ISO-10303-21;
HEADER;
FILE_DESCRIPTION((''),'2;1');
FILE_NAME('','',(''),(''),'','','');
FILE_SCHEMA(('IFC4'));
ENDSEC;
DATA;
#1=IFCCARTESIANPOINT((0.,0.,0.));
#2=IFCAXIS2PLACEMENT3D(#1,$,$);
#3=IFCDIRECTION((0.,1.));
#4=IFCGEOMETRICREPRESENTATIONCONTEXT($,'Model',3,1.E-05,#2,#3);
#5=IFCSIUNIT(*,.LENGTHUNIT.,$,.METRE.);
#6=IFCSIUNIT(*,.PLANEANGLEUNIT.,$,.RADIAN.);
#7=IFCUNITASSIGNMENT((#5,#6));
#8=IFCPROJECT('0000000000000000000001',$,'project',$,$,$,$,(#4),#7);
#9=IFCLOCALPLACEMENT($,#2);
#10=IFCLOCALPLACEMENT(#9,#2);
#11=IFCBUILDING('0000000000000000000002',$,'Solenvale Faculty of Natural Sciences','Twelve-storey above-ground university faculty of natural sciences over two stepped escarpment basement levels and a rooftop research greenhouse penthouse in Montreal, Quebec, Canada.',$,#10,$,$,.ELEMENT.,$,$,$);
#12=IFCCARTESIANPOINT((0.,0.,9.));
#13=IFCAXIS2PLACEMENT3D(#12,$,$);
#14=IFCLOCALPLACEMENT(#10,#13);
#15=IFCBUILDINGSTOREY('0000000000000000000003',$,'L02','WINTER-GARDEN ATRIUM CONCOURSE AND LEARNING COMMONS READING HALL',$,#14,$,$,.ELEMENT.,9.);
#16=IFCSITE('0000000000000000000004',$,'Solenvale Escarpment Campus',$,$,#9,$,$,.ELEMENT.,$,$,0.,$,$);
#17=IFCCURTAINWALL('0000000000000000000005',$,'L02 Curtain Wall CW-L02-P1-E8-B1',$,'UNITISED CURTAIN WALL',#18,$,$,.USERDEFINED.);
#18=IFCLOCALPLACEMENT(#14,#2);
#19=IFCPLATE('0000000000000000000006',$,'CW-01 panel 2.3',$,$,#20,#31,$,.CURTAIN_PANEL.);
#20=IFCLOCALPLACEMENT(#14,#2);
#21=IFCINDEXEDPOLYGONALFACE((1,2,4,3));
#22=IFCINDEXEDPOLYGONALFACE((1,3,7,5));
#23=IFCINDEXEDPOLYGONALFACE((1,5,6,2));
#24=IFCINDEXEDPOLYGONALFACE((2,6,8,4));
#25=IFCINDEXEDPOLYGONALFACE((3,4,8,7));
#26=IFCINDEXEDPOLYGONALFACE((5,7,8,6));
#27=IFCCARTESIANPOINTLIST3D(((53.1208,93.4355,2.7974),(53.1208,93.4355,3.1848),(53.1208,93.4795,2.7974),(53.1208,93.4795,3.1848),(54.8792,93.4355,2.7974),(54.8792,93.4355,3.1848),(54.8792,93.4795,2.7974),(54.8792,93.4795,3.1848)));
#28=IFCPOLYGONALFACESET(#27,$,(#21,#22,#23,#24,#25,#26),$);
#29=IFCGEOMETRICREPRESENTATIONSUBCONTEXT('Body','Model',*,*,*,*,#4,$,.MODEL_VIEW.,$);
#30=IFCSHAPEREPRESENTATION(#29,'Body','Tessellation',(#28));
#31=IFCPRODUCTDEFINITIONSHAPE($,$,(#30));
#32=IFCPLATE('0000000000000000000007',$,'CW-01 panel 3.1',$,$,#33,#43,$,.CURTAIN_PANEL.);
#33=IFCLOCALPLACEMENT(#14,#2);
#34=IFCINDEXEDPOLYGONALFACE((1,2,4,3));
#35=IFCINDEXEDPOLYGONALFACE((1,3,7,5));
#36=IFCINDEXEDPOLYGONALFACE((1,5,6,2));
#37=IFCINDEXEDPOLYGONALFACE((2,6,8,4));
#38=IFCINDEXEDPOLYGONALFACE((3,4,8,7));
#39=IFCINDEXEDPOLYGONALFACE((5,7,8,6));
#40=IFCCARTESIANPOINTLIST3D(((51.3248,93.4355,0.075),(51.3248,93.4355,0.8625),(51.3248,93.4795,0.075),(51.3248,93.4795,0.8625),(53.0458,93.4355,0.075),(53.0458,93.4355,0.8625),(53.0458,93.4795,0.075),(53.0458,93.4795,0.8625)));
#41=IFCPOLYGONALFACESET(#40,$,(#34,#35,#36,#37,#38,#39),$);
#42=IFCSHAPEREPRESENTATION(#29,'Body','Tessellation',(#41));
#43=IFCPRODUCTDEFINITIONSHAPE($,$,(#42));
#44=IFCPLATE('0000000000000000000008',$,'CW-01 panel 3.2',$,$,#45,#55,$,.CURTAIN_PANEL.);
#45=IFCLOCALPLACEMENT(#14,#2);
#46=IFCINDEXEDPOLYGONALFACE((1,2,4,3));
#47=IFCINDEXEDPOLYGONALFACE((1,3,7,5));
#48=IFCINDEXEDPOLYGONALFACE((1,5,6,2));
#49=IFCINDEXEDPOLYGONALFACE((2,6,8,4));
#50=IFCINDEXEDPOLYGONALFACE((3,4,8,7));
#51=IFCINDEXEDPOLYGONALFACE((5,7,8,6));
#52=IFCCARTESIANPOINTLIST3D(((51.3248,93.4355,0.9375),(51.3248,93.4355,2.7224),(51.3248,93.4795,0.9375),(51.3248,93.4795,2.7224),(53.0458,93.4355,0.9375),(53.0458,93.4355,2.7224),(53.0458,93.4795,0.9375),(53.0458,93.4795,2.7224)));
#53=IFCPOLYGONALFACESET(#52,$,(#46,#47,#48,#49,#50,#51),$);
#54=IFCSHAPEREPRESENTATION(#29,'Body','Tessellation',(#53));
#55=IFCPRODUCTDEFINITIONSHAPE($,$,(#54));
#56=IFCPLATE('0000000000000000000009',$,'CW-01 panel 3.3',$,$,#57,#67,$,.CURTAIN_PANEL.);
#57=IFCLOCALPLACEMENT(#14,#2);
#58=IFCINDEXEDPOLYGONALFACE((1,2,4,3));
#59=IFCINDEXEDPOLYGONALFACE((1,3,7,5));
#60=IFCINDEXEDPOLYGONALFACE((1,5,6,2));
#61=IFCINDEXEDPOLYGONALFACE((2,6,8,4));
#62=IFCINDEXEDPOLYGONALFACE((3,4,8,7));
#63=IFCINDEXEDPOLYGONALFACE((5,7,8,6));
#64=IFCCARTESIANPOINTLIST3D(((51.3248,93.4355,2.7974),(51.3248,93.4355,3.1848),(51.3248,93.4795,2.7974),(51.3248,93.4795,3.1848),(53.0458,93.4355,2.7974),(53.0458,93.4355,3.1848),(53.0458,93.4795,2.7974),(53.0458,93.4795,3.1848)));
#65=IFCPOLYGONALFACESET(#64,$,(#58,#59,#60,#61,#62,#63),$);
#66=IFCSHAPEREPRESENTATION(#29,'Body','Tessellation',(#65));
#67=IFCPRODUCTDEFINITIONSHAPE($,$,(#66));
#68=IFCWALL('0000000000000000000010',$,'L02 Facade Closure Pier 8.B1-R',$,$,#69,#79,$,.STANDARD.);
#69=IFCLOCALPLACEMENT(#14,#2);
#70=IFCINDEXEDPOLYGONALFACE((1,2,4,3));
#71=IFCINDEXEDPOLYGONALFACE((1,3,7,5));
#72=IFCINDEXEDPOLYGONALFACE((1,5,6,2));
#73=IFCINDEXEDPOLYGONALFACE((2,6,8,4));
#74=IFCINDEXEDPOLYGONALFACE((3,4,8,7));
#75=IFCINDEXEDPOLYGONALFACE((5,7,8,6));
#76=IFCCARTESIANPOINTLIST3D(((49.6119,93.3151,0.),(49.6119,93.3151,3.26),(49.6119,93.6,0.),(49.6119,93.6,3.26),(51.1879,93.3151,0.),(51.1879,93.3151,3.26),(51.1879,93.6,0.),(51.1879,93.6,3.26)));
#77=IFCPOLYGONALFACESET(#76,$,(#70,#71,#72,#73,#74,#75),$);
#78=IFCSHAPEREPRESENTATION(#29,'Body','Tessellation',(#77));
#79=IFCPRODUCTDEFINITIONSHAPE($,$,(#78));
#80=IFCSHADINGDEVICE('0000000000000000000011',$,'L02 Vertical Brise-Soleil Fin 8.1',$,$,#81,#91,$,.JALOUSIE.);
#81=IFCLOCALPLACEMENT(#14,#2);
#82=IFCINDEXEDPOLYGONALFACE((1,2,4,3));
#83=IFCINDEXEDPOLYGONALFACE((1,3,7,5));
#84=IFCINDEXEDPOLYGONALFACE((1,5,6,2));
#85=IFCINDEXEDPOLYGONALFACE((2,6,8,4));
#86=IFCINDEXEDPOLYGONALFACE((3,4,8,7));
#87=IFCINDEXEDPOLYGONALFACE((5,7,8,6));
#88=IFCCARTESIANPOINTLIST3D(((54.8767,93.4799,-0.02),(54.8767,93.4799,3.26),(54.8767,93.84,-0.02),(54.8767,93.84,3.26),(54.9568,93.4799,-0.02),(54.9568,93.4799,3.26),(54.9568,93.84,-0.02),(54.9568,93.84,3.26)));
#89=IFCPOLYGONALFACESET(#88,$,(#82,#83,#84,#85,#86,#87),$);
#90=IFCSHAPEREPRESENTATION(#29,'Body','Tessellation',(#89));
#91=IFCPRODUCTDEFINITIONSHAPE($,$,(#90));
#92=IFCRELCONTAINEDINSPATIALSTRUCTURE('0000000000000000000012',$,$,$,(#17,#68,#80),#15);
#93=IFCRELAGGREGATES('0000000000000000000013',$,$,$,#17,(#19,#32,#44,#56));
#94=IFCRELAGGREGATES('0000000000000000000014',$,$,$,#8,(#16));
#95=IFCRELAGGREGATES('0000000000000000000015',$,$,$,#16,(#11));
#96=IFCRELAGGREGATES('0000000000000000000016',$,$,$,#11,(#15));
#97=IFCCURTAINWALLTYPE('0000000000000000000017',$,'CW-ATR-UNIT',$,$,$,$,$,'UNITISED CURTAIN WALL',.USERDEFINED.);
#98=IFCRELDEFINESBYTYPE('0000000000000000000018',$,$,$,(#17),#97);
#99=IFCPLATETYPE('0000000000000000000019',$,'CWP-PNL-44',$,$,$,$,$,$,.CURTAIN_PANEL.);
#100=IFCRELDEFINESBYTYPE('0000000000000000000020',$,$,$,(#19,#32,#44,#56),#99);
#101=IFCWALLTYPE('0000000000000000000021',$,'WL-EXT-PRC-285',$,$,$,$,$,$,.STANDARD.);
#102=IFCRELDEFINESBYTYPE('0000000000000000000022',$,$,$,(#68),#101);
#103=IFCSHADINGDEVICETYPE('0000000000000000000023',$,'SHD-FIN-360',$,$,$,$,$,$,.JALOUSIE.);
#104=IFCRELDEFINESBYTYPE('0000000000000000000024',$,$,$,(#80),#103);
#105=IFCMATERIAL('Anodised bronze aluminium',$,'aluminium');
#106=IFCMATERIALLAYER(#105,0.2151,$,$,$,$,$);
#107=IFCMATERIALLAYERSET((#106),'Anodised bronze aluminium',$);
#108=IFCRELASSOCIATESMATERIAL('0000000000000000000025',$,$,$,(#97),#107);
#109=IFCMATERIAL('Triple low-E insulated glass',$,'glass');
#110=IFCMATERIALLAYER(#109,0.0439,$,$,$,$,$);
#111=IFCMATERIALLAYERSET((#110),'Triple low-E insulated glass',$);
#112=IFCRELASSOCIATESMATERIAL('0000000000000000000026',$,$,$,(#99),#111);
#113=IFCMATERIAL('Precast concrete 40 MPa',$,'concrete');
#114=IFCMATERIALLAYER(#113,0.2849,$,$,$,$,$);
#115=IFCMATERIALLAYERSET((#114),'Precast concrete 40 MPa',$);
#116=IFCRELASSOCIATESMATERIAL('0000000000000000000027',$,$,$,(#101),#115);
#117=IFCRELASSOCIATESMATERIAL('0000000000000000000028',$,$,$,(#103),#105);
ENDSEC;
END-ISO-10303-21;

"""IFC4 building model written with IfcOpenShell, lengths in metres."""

from ifc_helpers import new_model, si_unit, direction, frame, frame_2d, origin, origin_2d, place, context, subcontext, project, spatial, rectangle, extrude, material, layer, layer_set, material_profile, profile_set, type_object, element, aggregate, save


model = new_model("IFC4")

# Units and contexts
model_context = context("Model", 3, precision=1e-05, world=origin(), true_north=direction((0.0, 1.0)))
body_context = subcontext(model_context, "Body", "Model", "MODEL_VIEW")
ifc_project = project(units=[si_unit("LENGTHUNIT", "METRE"), si_unit("PLANEANGLEUNIT", "RADIAN")], contexts=[model_context])

# Site, building, storey
site_placement = place(None, origin())
site = spatial("IfcSite", under=ifc_project, at=site_placement, Name="Solenvale Escarpment Campus", CompositionType="ELEMENT", RefElevation=0.0)
building_placement = place(site_placement, origin())
building = spatial("IfcBuilding", under=site, at=building_placement, Name="Solenvale Faculty of Natural Sciences", Description="Twelve-storey above-ground university faculty of natural sciences over two stepped escarpment basement levels and a rooftop research greenhouse penthouse in Montreal, Quebec, Canada.", CompositionType="ELEMENT")
storey_placement = place(building_placement, frame((0.0, 0.0, 9.0)))
storey = spatial("IfcBuildingStorey", under=building, at=storey_placement, Name="L02", Description="WINTER-GARDEN ATRIUM CONCOURSE AND LEARNING COMMONS READING HALL", CompositionType="ELEMENT", Elevation=9.0)

# Curtain wall, plates
ifc_material_1 = material(Name="Anodised bronze aluminium", Category="aluminium")
ifc_layer_1 = layer(ifc_material_1, 0.2151)
ifc_layer_set_1 = layer_set([ifc_layer_1], Name="Anodised bronze aluminium")
curtain_wall_type = type_object("IfcCurtainWallType", Name="CW-ATR-UNIT", ElementType="UNITISED CURTAIN WALL", PredefinedType="USERDEFINED", material=ifc_layer_set_1)
curtain_wall_placement = place(storey_placement, origin())
curtain_wall = element("IfcCurtainWall", 1, at=curtain_wall_placement, inside=storey, type_object=curtain_wall_type, Name="L02 Curtain Wall CW-L02-P1-E8-B1", ObjectType="UNITISED CURTAIN WALL", PredefinedType="USERDEFINED")
ifc_material_2 = material(Name="Triple low-E insulated glass", Category="glass")
ifc_layer_2 = layer(ifc_material_2, 0.0439)
ifc_layer_set_2 = layer_set([ifc_layer_2], Name="Triple low-E insulated glass")
plate_type = type_object("IfcPlateType", Name="CWP-PNL-44", PredefinedType="CURTAIN_PANEL", material=ifc_layer_set_2)
plate_1_placement = place(storey_placement, frame((54.0, 93.4575, 2.7974), z_axis=(0.0, 0.0, 1.0), x_axis=(-1.0, 0.0, 0.0)))
plate_1 = element("IfcPlate", 2, at=plate_1_placement, type_object=plate_type, Name="CW-01 panel 2.3", PredefinedType="CURTAIN_PANEL", context=body_context, shape_type="SweptSolid", body=[
    extrude(rectangle(XDim=1.7583, YDim=0.0439, at=origin_2d()), origin(), (0.0, 0.0, 1.0), 0.3875),
])
plate_2_placement = place(storey_placement, frame((52.1853, 93.4575, 0.075), z_axis=(0.0, 0.0, 1.0), x_axis=(-1.0, 0.0, 0.0)))
plate_2 = element("IfcPlate", 3, at=plate_2_placement, type_object=plate_type, Name="CW-01 panel 3.1", PredefinedType="CURTAIN_PANEL", context=body_context, shape_type="SweptSolid", body=[
    extrude(rectangle(XDim=1.7209, YDim=0.0439, at=origin_2d()), origin(), (0.0, 0.0, 1.0), 0.7876),
])
plate_3_placement = place(storey_placement, frame((52.1853, 93.4575, 0.9375), z_axis=(0.0, 0.0, 1.0), x_axis=(-1.0, 0.0, 0.0)))
plate_3 = element("IfcPlate", 4, at=plate_3_placement, type_object=plate_type, Name="CW-01 panel 3.2", PredefinedType="CURTAIN_PANEL", context=body_context, shape_type="SweptSolid", body=[
    extrude(rectangle(XDim=1.7209, YDim=0.0439, at=origin_2d()), origin(), (0.0, 0.0, 1.0), 1.7849),
])
plate_4_placement = place(storey_placement, frame((52.1853, 93.4575, 2.7974), z_axis=(0.0, 0.0, 1.0), x_axis=(-1.0, 0.0, 0.0)))
plate_4 = element("IfcPlate", 5, at=plate_4_placement, type_object=plate_type, Name="CW-01 panel 3.3", PredefinedType="CURTAIN_PANEL", context=body_context, shape_type="SweptSolid", body=[
    extrude(rectangle(XDim=1.7209, YDim=0.0439, at=origin_2d()), origin(), (0.0, 0.0, 1.0), 0.3875),
])
aggregate(curtain_wall, [plate_1, plate_2, plate_3, plate_4])

# Wall
ifc_material_3 = material(Name="Precast concrete 40 MPa", Category="concrete")
ifc_layer_3 = layer(ifc_material_3, 0.2849)
ifc_layer_set_3 = layer_set([ifc_layer_3], Name="Precast concrete 40 MPa")
wall_type = type_object("IfcWallType", Name="WL-EXT-PRC-285", PredefinedType="STANDARD", material=ifc_layer_set_3)
wall_placement = place(storey_placement, frame((51.188, 93.4575, 0.0), z_axis=(0.0, 0.0, 1.0), x_axis=(-1.0, 0.0, 0.0)))
element("IfcWall", 6, at=wall_placement, inside=storey, type_object=wall_type, Name="L02 Facade Closure Pier 8.B1-R", PredefinedType="STANDARD", context=body_context, shape_type="SweptSolid", body=[
    extrude(rectangle(XDim=1.5759, YDim=0.2849, at=frame_2d((0.7881, 0.0))), origin(), (0.0, 0.0, 1.0), 3.26),
])

# Shading device
ifc_material_profile_1 = material_profile(ifc_material_1, rectangle(XDim=0.0801, YDim=0.3601, at=origin_2d()), Name="ALU-FIN-80x360")
ifc_profile_set_1 = profile_set([ifc_material_profile_1], Name="Anodised bronze aluminium")
shading_device_type = type_object("IfcShadingDeviceType", Name="SHD-FIN-360", PredefinedType="JALOUSIE", material=ifc_profile_set_1)
shading_device_placement = place(storey_placement, frame((54.9167, 93.6599, -0.02), z_axis=(0.0, 0.0, 1.0), x_axis=(1.0, 0.0, 0.0)))
element("IfcShadingDevice", 7, at=shading_device_placement, inside=storey, type_object=shading_device_type, Name="L02 Vertical Brise-Soleil Fin 8.1", PredefinedType="JALOUSIE", context=body_context, shape_type="SweptSolid", body=[
    extrude(rectangle(XDim=0.0801, YDim=0.3601, at=origin_2d()), origin(), (0.0, 0.0, 1.0), 3.28),
])

save(model, "model.ifc")
